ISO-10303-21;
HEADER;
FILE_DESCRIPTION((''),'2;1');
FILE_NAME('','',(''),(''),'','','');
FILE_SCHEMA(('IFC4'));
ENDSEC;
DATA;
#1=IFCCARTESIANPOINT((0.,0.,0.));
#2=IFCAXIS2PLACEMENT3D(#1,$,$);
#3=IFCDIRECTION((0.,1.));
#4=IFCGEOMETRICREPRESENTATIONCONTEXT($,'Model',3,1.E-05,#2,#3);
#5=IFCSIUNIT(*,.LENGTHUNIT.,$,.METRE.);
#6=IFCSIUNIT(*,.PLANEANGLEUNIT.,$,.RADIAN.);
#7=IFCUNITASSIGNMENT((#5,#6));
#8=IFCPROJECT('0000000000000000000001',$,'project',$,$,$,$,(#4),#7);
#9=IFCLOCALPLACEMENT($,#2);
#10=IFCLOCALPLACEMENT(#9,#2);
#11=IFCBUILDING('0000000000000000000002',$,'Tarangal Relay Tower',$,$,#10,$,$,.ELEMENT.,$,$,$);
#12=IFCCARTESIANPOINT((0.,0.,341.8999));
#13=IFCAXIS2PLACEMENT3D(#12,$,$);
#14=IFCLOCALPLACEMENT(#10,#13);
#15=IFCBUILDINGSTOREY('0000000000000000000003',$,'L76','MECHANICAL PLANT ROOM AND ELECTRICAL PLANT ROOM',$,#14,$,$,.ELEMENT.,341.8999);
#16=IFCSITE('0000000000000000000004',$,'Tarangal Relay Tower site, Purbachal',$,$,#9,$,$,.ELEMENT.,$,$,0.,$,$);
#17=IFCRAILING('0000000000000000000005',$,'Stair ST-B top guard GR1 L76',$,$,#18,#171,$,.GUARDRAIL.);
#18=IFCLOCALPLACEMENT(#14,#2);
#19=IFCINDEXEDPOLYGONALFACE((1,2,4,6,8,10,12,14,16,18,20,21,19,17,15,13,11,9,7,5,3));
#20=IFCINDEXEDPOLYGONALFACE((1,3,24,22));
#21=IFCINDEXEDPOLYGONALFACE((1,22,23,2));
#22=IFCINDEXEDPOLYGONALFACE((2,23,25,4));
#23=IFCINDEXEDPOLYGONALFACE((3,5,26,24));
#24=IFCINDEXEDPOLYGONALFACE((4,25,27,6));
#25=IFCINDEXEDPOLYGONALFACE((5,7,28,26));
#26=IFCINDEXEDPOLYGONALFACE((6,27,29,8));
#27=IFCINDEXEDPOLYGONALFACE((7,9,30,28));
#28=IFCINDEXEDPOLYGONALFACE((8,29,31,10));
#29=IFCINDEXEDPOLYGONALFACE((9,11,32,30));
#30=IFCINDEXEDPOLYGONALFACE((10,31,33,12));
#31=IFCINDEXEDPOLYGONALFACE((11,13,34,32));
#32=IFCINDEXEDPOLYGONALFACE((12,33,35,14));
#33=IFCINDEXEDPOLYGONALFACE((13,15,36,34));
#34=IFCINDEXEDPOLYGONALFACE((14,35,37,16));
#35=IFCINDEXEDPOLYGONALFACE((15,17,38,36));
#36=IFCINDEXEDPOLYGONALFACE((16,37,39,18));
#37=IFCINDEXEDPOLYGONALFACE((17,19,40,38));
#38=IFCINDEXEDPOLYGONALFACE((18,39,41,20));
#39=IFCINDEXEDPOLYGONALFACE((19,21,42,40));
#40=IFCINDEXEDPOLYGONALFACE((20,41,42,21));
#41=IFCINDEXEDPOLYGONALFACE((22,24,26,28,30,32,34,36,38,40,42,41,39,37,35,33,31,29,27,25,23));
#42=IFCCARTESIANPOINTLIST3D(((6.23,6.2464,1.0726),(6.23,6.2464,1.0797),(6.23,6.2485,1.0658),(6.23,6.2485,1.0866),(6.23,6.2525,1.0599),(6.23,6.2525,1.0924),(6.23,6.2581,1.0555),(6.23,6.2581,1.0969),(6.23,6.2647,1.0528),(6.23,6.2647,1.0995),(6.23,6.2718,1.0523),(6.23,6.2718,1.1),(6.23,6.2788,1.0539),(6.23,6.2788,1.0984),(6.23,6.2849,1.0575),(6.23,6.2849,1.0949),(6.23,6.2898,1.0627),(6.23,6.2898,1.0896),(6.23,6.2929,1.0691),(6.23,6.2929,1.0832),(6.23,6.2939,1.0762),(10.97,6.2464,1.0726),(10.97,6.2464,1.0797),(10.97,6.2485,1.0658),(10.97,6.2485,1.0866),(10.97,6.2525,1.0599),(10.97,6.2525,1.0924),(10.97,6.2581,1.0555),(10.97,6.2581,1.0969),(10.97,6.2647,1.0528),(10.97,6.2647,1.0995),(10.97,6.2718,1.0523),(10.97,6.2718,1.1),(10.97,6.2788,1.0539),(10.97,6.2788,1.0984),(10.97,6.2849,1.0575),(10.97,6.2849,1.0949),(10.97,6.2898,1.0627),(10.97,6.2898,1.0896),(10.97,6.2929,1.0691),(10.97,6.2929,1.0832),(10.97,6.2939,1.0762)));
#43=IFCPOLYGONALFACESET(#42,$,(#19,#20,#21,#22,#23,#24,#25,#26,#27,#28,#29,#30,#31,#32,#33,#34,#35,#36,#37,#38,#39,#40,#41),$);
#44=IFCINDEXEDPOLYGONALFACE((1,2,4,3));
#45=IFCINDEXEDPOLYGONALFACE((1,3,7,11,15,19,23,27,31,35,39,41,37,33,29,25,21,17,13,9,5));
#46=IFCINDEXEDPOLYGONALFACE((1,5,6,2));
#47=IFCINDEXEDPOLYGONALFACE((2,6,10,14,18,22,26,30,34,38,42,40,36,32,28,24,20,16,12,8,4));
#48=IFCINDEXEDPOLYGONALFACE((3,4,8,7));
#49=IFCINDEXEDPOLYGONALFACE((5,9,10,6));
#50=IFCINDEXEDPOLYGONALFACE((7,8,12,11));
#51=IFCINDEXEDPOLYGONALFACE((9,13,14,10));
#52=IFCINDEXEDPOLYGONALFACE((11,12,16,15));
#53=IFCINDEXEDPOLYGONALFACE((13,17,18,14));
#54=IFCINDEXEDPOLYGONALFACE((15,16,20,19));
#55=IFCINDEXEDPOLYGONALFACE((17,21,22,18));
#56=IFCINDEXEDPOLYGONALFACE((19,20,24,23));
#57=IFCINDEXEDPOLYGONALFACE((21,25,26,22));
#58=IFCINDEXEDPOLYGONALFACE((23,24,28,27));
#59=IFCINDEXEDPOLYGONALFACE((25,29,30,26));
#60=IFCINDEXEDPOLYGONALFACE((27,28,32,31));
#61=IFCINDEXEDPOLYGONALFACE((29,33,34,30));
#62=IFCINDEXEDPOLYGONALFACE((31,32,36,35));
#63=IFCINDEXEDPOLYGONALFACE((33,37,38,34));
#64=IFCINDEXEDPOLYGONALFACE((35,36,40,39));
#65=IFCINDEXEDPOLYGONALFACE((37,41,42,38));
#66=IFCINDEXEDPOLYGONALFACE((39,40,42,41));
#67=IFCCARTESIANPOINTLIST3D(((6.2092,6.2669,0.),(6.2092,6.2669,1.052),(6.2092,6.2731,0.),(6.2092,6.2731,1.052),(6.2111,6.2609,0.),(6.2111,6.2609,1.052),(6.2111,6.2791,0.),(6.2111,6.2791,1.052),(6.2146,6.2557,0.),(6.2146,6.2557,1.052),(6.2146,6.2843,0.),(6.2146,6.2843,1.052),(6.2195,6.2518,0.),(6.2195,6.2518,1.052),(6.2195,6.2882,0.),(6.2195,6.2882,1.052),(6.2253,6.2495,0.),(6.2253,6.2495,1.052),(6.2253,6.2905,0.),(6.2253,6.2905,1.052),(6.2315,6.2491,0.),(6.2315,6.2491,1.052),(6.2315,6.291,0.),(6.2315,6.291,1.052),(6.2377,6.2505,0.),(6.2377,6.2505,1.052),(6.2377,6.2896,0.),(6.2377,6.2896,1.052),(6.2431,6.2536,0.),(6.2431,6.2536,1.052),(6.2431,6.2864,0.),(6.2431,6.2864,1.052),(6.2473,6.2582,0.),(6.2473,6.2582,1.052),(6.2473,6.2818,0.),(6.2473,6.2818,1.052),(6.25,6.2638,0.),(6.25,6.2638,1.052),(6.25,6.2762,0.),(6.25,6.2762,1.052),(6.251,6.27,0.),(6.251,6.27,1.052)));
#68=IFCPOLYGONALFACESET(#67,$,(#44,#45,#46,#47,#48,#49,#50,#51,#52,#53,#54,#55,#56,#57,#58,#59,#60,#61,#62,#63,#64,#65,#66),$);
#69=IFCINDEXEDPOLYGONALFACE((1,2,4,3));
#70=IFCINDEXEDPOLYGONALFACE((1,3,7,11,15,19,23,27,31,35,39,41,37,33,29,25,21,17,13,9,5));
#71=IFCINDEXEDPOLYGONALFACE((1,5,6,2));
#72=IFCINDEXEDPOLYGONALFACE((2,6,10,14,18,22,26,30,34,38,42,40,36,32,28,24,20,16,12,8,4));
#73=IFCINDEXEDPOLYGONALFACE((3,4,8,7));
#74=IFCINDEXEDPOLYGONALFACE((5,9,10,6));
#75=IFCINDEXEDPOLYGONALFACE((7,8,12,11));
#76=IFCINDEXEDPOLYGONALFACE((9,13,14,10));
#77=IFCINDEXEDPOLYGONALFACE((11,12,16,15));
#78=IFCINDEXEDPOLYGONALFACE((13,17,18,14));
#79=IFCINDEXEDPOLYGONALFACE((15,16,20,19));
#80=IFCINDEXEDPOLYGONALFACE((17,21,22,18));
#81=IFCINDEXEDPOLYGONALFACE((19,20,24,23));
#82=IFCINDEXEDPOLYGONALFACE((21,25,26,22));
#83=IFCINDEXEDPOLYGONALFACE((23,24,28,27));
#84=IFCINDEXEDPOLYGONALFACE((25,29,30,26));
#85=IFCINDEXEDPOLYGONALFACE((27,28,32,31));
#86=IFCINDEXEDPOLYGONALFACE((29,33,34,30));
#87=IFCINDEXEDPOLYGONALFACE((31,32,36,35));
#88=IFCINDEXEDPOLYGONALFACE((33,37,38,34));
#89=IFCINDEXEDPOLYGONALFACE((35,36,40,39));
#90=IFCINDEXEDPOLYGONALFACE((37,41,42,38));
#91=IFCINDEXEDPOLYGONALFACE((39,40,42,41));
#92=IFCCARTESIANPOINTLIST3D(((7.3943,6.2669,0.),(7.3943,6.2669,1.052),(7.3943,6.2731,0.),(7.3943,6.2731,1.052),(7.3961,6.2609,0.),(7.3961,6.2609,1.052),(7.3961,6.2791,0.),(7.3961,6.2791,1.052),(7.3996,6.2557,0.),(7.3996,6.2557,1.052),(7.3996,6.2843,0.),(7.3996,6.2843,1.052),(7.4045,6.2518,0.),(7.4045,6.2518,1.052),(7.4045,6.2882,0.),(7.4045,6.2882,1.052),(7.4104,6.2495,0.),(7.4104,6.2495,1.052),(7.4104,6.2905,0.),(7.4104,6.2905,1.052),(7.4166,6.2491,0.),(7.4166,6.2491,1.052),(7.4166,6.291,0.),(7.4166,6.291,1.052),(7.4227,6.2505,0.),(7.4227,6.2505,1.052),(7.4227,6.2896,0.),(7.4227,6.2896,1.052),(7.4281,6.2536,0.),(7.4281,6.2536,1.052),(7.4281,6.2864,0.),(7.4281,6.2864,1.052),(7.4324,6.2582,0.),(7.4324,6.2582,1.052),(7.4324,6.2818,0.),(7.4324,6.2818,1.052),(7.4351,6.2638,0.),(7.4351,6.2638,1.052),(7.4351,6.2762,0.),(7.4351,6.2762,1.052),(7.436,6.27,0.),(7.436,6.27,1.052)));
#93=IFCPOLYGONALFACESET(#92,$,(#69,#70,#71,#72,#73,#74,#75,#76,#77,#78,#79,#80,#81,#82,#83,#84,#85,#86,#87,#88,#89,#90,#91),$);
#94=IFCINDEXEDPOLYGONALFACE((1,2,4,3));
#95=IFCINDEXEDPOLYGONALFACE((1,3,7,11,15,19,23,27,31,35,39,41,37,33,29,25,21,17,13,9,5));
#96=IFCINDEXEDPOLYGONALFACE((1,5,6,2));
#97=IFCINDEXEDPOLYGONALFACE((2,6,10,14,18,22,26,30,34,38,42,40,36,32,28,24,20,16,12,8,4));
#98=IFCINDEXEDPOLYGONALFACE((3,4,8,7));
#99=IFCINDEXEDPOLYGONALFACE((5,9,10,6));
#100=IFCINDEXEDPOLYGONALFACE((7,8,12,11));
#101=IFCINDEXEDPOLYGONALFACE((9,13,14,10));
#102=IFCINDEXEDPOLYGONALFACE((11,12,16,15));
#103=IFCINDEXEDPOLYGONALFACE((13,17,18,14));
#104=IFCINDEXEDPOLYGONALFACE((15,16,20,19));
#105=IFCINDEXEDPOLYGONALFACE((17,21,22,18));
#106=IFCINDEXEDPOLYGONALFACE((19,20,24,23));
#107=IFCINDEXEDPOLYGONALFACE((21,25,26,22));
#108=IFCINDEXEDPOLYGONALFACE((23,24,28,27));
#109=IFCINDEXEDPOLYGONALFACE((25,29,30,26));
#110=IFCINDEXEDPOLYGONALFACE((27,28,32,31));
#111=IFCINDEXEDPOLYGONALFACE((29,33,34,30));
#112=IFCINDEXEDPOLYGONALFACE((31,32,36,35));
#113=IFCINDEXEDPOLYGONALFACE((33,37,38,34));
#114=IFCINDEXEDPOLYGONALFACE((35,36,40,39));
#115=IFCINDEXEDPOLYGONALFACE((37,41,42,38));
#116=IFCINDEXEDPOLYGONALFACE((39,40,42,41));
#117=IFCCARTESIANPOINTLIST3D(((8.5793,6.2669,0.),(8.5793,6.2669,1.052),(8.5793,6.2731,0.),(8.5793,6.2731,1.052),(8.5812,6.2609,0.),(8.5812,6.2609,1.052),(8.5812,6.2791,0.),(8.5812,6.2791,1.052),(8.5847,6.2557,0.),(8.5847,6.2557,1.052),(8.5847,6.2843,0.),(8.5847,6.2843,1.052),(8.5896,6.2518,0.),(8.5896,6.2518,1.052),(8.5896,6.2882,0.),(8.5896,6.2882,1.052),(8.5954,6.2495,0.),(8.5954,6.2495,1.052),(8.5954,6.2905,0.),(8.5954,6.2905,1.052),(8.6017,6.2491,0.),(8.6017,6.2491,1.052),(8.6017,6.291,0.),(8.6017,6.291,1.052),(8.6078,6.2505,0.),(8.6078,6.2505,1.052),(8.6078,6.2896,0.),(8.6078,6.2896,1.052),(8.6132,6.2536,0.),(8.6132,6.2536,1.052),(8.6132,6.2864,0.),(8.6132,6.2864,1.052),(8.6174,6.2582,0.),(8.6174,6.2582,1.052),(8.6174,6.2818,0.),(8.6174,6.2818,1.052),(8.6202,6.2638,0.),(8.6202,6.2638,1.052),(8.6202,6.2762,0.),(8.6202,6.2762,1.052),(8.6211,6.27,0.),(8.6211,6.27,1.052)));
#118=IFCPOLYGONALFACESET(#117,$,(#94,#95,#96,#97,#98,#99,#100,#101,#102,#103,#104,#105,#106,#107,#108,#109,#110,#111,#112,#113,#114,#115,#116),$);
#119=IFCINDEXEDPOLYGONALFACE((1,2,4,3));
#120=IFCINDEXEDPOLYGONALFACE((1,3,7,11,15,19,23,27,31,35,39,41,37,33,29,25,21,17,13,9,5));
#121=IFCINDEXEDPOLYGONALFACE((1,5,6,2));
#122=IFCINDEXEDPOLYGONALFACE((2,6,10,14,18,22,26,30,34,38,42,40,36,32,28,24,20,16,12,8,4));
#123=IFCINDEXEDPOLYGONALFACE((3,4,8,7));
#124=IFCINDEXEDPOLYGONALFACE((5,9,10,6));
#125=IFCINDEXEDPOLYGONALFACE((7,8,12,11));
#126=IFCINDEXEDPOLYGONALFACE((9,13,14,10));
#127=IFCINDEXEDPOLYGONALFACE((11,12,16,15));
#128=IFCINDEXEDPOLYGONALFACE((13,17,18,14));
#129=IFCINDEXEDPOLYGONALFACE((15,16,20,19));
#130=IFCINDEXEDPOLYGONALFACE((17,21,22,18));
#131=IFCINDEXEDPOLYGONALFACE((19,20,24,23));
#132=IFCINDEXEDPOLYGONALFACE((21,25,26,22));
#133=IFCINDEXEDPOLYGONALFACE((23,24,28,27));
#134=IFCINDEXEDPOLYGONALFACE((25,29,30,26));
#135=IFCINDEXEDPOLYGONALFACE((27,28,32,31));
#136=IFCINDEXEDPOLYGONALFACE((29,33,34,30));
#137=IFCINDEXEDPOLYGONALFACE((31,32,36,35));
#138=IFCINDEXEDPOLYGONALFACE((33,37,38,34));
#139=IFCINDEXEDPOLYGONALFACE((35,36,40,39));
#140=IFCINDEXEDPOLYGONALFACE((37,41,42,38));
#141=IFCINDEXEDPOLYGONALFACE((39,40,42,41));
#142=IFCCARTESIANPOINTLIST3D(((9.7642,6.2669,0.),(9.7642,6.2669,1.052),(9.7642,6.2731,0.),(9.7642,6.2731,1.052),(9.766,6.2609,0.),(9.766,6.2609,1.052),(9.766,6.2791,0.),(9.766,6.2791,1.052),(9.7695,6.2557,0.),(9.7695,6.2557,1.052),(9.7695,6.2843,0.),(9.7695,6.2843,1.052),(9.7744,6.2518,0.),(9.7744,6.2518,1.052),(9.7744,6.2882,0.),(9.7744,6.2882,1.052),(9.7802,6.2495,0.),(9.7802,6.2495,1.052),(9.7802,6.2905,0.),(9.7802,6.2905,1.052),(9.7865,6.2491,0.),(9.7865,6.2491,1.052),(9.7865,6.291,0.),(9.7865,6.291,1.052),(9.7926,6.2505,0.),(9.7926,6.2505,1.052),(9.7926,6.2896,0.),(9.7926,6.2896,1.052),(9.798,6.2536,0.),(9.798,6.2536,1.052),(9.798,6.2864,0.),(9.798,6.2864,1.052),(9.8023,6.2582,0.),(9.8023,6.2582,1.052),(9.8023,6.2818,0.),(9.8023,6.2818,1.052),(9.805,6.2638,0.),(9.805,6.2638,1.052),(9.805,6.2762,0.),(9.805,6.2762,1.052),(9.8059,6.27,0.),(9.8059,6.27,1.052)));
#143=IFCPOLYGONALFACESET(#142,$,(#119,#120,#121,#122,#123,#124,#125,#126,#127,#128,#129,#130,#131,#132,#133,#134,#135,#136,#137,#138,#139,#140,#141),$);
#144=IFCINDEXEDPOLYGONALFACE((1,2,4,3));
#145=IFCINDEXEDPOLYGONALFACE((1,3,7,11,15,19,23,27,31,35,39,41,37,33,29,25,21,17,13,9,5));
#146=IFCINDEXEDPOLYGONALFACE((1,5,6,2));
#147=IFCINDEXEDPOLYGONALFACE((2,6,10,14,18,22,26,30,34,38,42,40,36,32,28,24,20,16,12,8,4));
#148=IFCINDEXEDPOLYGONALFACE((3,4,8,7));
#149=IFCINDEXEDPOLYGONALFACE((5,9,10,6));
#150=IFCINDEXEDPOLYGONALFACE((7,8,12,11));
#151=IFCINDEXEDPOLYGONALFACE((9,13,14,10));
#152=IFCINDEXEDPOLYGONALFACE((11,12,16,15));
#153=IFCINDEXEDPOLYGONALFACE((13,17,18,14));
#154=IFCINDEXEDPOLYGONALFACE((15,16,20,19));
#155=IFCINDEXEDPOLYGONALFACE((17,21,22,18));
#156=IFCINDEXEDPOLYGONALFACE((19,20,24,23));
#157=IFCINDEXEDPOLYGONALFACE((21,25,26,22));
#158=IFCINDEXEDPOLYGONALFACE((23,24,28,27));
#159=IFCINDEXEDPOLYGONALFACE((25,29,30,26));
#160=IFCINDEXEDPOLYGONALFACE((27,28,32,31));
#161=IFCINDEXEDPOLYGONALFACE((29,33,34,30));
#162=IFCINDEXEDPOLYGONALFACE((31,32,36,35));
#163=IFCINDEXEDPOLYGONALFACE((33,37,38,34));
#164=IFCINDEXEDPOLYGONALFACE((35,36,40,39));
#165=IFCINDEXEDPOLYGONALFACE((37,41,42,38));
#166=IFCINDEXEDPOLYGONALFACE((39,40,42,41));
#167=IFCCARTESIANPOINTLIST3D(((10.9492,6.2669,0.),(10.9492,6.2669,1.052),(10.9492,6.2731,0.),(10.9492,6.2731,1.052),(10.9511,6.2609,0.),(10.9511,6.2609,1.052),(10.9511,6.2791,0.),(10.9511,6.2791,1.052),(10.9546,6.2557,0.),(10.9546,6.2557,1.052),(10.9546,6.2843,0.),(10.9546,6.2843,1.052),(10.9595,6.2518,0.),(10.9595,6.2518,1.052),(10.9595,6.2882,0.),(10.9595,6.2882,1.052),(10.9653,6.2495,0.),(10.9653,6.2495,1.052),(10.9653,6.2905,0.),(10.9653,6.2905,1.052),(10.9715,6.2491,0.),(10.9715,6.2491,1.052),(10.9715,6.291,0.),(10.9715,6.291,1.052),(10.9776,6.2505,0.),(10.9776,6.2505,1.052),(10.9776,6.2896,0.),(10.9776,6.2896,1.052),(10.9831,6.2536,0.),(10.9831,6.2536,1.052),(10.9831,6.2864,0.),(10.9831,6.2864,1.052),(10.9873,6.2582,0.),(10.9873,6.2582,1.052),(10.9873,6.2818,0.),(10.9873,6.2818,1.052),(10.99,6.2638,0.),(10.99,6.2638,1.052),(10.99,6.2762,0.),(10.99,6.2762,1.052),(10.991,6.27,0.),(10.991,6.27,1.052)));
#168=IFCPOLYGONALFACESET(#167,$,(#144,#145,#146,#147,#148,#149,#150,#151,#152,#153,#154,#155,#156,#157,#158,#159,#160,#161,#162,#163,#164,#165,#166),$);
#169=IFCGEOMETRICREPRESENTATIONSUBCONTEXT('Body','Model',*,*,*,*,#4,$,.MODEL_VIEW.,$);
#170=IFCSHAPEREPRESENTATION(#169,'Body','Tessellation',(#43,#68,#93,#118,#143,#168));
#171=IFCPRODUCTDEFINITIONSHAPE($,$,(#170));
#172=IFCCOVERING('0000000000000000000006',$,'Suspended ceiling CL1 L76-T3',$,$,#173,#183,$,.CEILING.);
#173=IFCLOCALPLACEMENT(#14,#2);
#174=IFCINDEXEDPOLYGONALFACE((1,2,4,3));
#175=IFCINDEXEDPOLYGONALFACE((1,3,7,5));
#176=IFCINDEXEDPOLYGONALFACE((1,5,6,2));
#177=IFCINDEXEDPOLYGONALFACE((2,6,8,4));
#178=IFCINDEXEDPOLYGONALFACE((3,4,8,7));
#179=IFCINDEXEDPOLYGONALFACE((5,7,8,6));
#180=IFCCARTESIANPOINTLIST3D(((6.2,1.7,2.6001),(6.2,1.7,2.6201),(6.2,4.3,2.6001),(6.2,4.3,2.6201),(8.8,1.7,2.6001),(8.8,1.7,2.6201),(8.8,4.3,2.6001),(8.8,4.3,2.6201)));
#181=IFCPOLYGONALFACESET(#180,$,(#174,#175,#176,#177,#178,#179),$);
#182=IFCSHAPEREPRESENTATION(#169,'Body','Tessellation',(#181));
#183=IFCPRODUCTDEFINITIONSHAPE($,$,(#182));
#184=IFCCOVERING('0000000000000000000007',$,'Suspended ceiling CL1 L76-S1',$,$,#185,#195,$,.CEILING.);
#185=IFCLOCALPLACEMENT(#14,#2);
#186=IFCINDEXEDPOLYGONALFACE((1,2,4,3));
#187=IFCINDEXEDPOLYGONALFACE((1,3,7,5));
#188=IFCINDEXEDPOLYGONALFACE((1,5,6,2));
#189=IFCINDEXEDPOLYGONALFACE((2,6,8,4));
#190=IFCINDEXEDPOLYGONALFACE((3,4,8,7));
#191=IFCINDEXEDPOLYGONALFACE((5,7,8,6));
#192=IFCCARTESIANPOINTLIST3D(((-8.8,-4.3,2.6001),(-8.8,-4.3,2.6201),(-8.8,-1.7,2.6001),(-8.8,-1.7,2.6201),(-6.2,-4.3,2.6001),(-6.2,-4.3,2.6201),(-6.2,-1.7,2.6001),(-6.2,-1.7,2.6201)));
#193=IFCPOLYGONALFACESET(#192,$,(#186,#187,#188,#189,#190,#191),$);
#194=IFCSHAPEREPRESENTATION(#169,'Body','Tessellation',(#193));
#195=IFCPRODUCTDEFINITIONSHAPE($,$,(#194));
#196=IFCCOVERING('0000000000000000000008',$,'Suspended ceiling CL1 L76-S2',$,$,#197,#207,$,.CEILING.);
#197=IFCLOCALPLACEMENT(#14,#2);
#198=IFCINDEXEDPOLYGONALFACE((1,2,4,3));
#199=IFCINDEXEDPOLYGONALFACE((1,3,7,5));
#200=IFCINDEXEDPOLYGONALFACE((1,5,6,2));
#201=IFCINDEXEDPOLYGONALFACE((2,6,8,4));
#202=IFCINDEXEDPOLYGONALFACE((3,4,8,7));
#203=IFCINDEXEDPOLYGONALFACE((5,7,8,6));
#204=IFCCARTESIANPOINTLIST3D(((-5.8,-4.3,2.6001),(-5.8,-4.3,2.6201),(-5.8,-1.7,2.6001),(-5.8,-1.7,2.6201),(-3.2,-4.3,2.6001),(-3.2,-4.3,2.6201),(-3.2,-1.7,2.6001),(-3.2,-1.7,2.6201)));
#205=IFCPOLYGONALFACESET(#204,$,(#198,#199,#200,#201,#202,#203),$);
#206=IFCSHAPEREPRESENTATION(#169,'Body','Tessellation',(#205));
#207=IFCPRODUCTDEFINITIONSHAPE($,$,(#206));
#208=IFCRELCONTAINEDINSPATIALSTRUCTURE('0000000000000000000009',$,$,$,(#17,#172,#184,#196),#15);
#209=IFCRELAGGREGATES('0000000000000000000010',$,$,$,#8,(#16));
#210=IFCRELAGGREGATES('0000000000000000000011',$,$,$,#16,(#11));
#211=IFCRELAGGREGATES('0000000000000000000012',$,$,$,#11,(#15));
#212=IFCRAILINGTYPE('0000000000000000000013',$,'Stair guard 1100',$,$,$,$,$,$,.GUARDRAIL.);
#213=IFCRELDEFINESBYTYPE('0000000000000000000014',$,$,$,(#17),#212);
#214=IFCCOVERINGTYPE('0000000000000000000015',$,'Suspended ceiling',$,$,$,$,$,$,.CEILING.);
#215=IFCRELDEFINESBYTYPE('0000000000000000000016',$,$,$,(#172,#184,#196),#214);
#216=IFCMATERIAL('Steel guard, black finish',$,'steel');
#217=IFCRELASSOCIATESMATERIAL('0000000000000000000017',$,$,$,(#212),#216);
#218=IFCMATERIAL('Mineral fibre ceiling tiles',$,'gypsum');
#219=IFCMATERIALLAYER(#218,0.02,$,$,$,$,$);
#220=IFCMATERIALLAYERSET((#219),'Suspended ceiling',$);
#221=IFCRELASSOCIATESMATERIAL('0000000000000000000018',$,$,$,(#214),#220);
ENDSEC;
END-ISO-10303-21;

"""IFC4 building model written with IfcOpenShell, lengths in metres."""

from ifc_helpers import new_model, si_unit, direction, frame, origin, origin_2d, place, context, subcontext, project, spatial, polyline, circle, outline, extrude, material, layer, layer_set, type_object, element, save


model = new_model("IFC4")

# Units and contexts
model_context = context("Model", 3, precision=1e-05, world=origin(), true_north=direction((0.0, 1.0)))
body_context = subcontext(model_context, "Body", "Model", "MODEL_VIEW")
ifc_project = project(units=[si_unit("LENGTHUNIT", "METRE"), si_unit("PLANEANGLEUNIT", "RADIAN")], contexts=[model_context])

# Site, building, storey
site_placement = place(None, origin())
site = spatial("IfcSite", under=ifc_project, at=site_placement, Name="Tarangal Relay Tower site, Purbachal", CompositionType="ELEMENT", RefElevation=0.0)
building_placement = place(site_placement, origin())
building = spatial("IfcBuilding", under=site, at=building_placement, Name="Tarangal Relay Tower", CompositionType="ELEMENT")
storey_placement = place(building_placement, frame((0.0, 0.0, 341.8999)))
storey = spatial("IfcBuildingStorey", under=building, at=storey_placement, Name="L76", Description="MECHANICAL PLANT ROOM AND ELECTRICAL PLANT ROOM", CompositionType="ELEMENT", Elevation=341.8999)

# Railing
ifc_material_1 = material(Name="Steel guard, black finish", Category="steel")
railing_type = type_object("IfcRailingType", Name="Stair guard 1100", PredefinedType="GUARDRAIL", material=ifc_material_1)
railing_placement = place(storey_placement, frame((6.23, 6.27, 0.0)))
element("IfcRailing", 1, at=railing_placement, inside=storey, type_object=railing_type, Name="Stair ST-B top guard GR1 L76", PredefinedType="GUARDRAIL", context=body_context, shape_type="SweptSolid", body=[
    extrude(circle(Radius=0.0239, at=origin_2d()), frame((0.0, 0.0, 1.0762), z_axis=(1.0, 0.0, 0.0), x_axis=(0.0, 1.0, 0.0)), (0.0, 0.0, 1.0), 4.74),
    extrude(circle(Radius=0.021, at=origin_2d()), origin(), (0.0, 0.0, 1.0), 1.052),
    extrude(circle(Radius=0.021, at=origin_2d()), frame((1.1851, 0.0, 0.0)), (0.0, 0.0, 1.0), 1.052),
    extrude(circle(Radius=0.021, at=origin_2d()), frame((2.3701, 0.0, 0.0)), (0.0, 0.0, 1.0), 1.052),
    extrude(circle(Radius=0.021, at=origin_2d()), frame((3.5549, 0.0, 0.0)), (0.0, 0.0, 1.0), 1.052),
    extrude(circle(Radius=0.021, at=origin_2d()), frame((4.74, 0.0, 0.0)), (0.0, 0.0, 1.0), 1.052),
])

# Coverings
ifc_material_2 = material(Name="Mineral fibre ceiling tiles", Category="gypsum")
ifc_layer_1 = layer(ifc_material_2, 0.02)
ifc_layer_set_1 = layer_set([ifc_layer_1], Name="Suspended ceiling")
covering_type_1 = type_object("IfcCoveringType", Name="Suspended ceiling", PredefinedType="CEILING", material=ifc_layer_set_1)
covering_1_placement = place(storey_placement, frame((0.0, 0.0, 2.6001)))
element("IfcCovering", 2, at=covering_1_placement, inside=storey, type_object=covering_type_1, Name="Suspended ceiling CL1 L76-T3", PredefinedType="CEILING", context=body_context, shape_type="SweptSolid", body=[
    extrude(outline(polyline([(6.2, 1.7), (8.8, 1.7), (8.8, 4.3), (6.2, 4.3), (6.2, 1.7)])), origin(), (0.0, 0.0, 1.0), 0.02),
])
covering_2_placement = place(storey_placement, frame((0.0, 0.0, 2.6001)))
element("IfcCovering", 3, at=covering_2_placement, inside=storey, type_object=covering_type_1, Name="Suspended ceiling CL1 L76-S1", PredefinedType="CEILING", context=body_context, shape_type="SweptSolid", body=[
    extrude(outline(polyline([(-8.8, -4.3), (-6.2, -4.3), (-6.2, -1.7), (-8.8, -1.7), (-8.8, -4.3)])), origin(), (0.0, 0.0, 1.0), 0.02),
])
covering_3_placement = place(storey_placement, frame((0.0, 0.0, 2.6001)))
element("IfcCovering", 4, at=covering_3_placement, inside=storey, type_object=covering_type_1, Name="Suspended ceiling CL1 L76-S2", PredefinedType="CEILING", context=body_context, shape_type="SweptSolid", body=[
    extrude(outline(polyline([(-5.8, -4.3), (-3.2, -4.3), (-3.2, -1.7), (-5.8, -1.7), (-5.8, -4.3)])), origin(), (0.0, 0.0, 1.0), 0.02),
])

save(model, "model.ifc")
